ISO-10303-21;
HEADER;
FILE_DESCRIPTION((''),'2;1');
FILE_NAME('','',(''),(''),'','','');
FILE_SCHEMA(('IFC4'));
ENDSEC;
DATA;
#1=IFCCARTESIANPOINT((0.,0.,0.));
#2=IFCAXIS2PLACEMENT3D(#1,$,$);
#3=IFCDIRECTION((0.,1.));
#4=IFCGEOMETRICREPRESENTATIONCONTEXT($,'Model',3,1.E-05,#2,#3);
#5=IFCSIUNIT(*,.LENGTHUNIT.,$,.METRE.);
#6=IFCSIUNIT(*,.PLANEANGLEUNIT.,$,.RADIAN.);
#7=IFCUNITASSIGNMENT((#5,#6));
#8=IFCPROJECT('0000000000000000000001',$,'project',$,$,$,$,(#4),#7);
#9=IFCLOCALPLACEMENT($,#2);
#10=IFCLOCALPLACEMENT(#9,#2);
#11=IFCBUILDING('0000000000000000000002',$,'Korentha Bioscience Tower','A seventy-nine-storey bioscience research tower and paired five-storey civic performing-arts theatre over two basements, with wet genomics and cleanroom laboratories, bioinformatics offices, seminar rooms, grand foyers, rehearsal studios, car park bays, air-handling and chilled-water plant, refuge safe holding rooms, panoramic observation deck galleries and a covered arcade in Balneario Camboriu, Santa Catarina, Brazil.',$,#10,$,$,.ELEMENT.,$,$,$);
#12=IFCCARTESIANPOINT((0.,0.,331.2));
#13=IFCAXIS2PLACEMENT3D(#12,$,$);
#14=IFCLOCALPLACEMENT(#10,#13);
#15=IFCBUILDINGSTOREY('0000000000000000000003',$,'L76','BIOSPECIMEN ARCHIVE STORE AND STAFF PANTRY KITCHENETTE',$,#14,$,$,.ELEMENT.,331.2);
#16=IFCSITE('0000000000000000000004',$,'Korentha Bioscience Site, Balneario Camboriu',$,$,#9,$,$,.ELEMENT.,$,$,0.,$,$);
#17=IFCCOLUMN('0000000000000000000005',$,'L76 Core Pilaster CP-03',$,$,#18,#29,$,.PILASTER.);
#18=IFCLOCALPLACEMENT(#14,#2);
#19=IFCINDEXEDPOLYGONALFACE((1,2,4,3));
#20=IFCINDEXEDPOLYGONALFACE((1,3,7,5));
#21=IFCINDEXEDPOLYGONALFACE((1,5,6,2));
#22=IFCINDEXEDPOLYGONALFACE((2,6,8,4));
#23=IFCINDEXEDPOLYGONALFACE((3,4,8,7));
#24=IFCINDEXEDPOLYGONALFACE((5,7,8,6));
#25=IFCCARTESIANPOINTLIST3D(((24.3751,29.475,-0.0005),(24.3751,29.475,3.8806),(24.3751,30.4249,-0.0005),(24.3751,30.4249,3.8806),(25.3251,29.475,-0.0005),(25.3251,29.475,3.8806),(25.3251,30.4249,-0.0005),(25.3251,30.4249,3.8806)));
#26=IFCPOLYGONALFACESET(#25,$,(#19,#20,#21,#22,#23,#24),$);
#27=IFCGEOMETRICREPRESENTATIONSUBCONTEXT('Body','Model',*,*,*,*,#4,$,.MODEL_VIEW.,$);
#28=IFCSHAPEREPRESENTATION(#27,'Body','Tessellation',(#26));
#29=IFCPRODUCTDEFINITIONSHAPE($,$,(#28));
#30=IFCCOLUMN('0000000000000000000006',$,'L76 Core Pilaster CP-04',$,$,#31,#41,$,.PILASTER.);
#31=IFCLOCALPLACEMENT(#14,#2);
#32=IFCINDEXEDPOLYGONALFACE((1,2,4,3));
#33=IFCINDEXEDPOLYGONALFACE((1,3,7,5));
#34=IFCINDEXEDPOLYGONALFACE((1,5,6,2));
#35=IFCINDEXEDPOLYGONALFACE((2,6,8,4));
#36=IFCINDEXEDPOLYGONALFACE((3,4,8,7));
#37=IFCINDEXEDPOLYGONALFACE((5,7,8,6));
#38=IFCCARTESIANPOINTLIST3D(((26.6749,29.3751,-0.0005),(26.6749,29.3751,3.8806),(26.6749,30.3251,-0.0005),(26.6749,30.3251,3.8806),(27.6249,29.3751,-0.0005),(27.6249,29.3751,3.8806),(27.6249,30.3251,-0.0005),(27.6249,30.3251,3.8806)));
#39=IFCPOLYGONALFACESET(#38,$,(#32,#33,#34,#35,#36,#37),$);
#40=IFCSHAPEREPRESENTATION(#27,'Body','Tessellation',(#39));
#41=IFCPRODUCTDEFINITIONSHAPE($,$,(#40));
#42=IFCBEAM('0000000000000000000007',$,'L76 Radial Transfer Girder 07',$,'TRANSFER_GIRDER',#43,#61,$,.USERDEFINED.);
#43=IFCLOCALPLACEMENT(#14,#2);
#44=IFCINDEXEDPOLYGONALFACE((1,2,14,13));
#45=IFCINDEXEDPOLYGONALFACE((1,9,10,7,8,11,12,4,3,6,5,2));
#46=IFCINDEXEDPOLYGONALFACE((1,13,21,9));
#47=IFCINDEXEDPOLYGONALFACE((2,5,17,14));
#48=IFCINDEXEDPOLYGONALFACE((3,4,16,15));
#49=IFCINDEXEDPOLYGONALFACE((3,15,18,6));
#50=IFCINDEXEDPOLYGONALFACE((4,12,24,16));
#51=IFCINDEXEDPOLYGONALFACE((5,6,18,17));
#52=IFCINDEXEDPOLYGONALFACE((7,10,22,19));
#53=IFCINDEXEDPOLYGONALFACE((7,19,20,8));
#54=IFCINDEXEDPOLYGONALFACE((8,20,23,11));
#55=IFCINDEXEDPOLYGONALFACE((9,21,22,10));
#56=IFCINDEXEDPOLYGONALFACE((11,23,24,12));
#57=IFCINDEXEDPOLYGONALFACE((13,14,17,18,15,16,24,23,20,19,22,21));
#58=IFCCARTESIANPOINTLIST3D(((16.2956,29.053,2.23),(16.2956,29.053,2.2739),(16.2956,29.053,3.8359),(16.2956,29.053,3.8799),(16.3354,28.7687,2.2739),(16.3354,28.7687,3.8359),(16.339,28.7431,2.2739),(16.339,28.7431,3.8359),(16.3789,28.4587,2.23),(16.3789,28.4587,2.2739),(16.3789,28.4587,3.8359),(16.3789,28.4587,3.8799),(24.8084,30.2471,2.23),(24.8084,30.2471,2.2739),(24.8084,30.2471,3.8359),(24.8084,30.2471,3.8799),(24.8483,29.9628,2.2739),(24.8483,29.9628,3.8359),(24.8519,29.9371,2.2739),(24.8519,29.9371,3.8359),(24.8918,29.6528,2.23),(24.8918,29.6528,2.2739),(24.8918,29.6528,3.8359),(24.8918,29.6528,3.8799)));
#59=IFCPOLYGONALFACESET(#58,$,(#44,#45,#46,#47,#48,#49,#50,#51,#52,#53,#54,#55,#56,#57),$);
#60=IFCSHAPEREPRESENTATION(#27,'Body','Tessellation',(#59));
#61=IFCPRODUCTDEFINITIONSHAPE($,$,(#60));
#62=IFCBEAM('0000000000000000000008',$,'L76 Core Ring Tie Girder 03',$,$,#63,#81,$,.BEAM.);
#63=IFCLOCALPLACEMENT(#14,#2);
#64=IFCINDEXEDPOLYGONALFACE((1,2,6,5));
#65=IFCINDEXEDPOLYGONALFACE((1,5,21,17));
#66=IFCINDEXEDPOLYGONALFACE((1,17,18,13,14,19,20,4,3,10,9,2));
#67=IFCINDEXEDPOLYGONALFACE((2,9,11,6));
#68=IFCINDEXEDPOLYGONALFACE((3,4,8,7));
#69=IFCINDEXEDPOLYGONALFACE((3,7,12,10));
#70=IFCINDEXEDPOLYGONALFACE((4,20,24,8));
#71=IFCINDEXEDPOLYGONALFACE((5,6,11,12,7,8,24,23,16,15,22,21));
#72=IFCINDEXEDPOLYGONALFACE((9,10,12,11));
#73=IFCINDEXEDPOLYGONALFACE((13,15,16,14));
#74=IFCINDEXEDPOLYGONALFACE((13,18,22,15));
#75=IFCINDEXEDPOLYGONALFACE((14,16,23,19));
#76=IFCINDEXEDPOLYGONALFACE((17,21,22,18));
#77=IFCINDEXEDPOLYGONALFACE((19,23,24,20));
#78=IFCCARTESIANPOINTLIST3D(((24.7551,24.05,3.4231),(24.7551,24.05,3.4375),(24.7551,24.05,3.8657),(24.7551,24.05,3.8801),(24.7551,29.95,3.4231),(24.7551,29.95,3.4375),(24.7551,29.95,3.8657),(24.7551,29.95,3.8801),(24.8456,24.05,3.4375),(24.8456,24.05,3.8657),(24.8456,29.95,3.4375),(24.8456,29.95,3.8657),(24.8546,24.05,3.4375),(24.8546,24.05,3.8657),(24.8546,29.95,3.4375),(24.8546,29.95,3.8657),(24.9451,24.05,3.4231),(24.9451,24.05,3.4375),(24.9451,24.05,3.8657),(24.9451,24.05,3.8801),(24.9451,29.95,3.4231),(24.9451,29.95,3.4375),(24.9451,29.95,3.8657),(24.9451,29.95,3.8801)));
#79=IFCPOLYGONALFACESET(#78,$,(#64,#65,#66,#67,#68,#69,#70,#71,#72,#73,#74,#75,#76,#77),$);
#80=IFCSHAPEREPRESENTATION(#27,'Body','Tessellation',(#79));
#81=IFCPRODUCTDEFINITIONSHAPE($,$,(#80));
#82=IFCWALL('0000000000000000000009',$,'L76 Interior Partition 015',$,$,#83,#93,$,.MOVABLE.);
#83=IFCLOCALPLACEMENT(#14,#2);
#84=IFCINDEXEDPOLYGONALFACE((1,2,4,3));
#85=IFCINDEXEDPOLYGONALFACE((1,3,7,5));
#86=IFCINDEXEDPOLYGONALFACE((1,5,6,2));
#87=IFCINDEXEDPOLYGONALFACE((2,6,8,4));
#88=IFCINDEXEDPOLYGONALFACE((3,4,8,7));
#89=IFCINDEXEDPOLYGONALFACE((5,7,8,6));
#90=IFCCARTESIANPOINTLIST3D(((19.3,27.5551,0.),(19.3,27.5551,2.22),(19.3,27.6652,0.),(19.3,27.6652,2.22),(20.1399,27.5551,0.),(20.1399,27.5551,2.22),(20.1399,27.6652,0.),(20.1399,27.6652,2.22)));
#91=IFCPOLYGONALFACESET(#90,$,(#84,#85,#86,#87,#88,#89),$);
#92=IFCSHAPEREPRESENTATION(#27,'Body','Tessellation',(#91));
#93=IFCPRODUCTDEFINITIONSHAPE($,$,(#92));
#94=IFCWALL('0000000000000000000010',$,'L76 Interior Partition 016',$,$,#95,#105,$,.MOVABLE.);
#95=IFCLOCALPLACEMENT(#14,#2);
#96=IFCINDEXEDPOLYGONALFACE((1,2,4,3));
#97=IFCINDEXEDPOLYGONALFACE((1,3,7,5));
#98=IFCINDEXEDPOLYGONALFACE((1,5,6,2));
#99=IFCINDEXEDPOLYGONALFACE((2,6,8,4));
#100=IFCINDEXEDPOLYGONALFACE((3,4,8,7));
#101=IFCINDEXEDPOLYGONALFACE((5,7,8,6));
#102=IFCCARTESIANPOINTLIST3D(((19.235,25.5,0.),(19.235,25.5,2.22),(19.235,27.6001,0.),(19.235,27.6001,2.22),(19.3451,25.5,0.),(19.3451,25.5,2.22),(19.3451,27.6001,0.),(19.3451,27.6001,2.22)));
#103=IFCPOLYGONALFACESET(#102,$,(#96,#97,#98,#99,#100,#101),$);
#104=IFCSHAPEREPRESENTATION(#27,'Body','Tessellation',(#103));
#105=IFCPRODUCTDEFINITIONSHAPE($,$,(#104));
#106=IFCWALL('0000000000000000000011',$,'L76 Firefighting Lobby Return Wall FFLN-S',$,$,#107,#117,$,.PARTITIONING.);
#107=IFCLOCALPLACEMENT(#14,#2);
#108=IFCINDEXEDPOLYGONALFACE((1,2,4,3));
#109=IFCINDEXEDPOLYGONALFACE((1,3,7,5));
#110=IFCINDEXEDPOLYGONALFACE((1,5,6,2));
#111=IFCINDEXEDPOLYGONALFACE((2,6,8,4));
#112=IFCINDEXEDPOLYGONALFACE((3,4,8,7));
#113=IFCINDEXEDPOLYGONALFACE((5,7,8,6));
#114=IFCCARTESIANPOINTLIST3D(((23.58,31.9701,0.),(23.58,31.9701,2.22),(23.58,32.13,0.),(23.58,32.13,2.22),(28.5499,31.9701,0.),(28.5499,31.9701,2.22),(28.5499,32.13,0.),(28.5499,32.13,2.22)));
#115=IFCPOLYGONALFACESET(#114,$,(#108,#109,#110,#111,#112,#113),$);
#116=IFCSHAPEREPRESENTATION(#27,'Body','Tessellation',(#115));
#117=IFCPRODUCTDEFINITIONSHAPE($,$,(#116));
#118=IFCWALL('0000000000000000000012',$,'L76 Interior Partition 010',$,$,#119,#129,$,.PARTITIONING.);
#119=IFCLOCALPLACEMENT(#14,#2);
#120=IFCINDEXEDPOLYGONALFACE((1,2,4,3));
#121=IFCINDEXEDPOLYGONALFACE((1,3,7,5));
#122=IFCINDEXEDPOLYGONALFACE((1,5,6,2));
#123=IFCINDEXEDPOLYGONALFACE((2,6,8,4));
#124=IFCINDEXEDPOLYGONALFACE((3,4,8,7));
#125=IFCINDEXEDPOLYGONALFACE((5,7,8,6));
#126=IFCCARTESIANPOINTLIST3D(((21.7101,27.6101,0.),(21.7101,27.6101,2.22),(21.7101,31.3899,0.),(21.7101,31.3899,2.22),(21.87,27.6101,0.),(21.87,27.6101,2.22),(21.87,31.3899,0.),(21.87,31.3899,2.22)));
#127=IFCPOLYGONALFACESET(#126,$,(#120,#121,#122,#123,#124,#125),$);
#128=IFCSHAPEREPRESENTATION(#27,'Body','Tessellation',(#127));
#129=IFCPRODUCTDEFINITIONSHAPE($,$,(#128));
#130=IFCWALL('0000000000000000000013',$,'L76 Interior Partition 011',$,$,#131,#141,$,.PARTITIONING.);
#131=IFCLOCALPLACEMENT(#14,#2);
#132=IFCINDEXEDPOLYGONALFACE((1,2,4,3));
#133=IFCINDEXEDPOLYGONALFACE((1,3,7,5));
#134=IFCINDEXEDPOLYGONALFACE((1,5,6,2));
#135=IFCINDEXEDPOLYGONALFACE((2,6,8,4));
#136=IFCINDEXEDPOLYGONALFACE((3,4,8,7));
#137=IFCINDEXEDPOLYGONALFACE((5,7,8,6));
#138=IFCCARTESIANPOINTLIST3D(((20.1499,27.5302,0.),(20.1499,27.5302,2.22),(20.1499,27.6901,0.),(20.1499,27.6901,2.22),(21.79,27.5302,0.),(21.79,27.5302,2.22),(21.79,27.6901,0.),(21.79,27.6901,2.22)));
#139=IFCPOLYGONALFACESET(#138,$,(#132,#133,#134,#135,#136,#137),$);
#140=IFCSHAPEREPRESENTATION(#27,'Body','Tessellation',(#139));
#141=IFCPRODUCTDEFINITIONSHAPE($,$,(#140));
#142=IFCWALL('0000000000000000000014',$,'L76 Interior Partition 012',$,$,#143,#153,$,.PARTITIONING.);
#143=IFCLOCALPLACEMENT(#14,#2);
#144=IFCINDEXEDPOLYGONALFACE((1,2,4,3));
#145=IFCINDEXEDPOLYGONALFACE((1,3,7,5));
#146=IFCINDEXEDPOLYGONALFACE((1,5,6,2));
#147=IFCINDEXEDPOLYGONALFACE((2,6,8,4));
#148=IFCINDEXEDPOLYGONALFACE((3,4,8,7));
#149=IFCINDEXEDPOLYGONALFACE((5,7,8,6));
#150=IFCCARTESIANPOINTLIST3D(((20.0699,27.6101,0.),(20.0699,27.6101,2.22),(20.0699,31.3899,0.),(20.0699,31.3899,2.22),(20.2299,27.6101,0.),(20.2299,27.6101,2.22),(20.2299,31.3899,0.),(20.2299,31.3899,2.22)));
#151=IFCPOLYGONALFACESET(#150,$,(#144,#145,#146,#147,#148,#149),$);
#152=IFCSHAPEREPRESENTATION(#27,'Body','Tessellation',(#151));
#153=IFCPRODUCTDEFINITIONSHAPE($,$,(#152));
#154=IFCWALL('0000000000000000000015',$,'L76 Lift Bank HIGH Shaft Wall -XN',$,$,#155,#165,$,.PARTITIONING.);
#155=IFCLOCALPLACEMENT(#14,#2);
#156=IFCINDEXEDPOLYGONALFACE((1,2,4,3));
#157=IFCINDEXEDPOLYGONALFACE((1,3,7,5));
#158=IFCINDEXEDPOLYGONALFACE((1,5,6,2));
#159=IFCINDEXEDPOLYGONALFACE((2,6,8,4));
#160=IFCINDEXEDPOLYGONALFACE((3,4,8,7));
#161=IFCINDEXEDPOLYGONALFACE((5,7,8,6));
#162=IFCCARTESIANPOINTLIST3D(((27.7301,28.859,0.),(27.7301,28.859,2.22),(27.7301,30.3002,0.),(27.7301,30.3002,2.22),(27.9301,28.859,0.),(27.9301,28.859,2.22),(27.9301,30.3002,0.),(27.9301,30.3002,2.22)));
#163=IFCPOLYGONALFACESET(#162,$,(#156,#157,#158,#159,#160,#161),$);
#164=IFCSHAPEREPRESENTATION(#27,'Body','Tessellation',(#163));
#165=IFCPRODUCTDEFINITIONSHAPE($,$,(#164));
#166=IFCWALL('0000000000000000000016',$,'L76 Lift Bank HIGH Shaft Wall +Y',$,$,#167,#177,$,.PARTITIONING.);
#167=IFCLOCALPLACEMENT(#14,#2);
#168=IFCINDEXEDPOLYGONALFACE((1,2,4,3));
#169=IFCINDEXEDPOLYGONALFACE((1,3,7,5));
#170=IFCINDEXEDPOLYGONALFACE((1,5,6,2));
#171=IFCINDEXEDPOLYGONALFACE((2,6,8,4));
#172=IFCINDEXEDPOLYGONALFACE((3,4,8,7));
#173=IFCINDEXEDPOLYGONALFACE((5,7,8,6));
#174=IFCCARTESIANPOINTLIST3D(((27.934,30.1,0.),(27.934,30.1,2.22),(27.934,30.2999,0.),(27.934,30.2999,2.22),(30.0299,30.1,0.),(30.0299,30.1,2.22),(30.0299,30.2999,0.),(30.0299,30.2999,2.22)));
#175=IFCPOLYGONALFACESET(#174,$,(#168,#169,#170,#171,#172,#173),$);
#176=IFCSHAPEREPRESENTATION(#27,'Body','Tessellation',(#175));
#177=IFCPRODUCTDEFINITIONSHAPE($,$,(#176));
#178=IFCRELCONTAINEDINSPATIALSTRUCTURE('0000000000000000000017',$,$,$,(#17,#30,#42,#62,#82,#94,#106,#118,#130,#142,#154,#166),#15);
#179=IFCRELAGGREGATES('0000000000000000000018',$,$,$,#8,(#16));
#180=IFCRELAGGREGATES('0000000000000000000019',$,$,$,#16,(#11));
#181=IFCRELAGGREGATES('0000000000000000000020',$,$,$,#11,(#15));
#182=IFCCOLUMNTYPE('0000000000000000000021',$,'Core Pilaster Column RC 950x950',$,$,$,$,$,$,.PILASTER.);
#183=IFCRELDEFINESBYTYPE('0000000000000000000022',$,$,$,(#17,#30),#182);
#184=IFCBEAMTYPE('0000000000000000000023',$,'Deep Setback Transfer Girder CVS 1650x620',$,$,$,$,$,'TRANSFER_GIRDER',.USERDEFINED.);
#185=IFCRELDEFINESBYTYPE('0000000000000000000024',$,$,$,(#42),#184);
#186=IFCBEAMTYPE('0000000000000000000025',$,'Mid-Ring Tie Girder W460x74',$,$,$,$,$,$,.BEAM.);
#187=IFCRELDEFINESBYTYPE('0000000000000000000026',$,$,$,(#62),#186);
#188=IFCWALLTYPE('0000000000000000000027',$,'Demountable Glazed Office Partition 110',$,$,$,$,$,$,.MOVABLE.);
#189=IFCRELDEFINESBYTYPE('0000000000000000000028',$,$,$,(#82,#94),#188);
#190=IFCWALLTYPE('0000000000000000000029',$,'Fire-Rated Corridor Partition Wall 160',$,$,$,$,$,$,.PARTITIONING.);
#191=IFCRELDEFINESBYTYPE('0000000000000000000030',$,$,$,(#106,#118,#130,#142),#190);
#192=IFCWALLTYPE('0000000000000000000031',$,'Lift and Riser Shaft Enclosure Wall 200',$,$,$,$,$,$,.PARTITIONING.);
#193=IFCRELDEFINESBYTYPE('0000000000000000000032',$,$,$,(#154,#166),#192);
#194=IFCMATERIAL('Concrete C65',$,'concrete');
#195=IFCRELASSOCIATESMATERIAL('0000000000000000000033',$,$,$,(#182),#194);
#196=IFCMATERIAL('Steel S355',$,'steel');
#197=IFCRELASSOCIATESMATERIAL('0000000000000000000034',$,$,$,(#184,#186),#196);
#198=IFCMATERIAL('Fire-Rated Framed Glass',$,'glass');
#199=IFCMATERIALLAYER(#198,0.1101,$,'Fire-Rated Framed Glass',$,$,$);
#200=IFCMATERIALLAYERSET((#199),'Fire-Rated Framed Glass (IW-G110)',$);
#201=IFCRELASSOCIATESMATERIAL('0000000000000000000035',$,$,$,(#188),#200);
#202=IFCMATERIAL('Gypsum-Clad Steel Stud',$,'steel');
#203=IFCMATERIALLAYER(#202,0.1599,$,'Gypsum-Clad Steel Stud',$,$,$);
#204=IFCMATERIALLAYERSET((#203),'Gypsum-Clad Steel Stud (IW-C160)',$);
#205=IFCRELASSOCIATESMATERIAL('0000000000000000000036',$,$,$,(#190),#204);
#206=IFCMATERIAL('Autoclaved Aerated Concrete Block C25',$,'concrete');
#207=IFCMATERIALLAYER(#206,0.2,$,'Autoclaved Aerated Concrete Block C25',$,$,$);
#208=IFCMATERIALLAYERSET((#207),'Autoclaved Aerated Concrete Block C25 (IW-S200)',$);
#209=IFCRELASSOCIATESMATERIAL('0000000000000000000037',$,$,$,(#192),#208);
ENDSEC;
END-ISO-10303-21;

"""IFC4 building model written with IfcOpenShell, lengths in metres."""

from ifc_helpers import new_model, si_unit, direction, frame, frame_2d, origin, origin_2d, place, context, subcontext, project, spatial, rectangle, i_section, extrude, material, layer, layer_set, material_profile, profile_set, type_object, element, save


model = new_model("IFC4")

# Units and contexts
model_context = context("Model", 3, precision=1e-05, world=origin(), true_north=direction((0.0, 1.0)))
body_context = subcontext(model_context, "Body", "Model", "MODEL_VIEW")
ifc_project = project(units=[si_unit("LENGTHUNIT", "METRE"), si_unit("PLANEANGLEUNIT", "RADIAN")], contexts=[model_context])

# Site, building, storey
site_placement = place(None, origin())
site = spatial("IfcSite", under=ifc_project, at=site_placement, Name="Korentha Bioscience Site, Balneario Camboriu", CompositionType="ELEMENT", RefElevation=0.0)
building_placement = place(site_placement, origin())
building = spatial("IfcBuilding", under=site, at=building_placement, Name="Korentha Bioscience Tower", Description="A seventy-nine-storey bioscience research tower and paired five-storey civic performing-arts theatre over two basements, with wet genomics and cleanroom laboratories, bioinformatics offices, seminar rooms, grand foyers, rehearsal studios, car park bays, air-handling and chilled-water plant, refuge safe holding rooms, panoramic observation deck galleries and a covered arcade in Balneario Camboriu, Santa Catarina, Brazil.", CompositionType="ELEMENT")
storey_placement = place(building_placement, frame((0.0, 0.0, 331.2)))
storey = spatial("IfcBuildingStorey", under=building, at=storey_placement, Name="L76", Description="BIOSPECIMEN ARCHIVE STORE AND STAFF PANTRY KITCHENETTE", CompositionType="ELEMENT", Elevation=331.2)

# Columns
ifc_material_1 = material(Name="Concrete C65", Category="concrete")
ifc_material_profile_1 = material_profile(ifc_material_1, rectangle(XDim=0.95, YDim=0.95, at=origin_2d()), Name="Concrete C65")
ifc_profile_set_1 = profile_set([ifc_material_profile_1], Name="Concrete C65 (COL-CP09)")
column_type = type_object("IfcColumnType", Name="Core Pilaster Column RC 950x950", PredefinedType="PILASTER", material=ifc_profile_set_1)
for number, where, z_axis, x_axis, name in (
    (1, (24.8501, 29.95, -0.0005), (0.0, 0.0, 1.0), (1.0, 0.0, 0.0), "L76 Core Pilaster CP-03"),
    (2, (27.1499, 29.8501, -0.0005), (0.0, 0.0, 1.0), (1.0, 0.0, 0.0), "L76 Core Pilaster CP-04"),
):
    element("IfcColumn", number, at=place(storey_placement, frame(where, z_axis=z_axis, x_axis=x_axis)), inside=storey, type_object=column_type, Name=name, PredefinedType="PILASTER", context=body_context, shape_type="SweptSolid", body=[
        extrude(rectangle(XDim=0.95, YDim=0.95, at=origin_2d()), origin(), (0.0, 0.0, 1.0), 3.8811),
    ])

# Beams
ifc_material_2 = material(Name="Steel S355", Category="steel")
ifc_material_profile_2 = material_profile(ifc_material_2, i_section(OverallWidth=0.6001, OverallDepth=1.6499, WebThickness=0.0259, FlangeThickness=0.0439, at=origin_2d()), Name="Steel S355")
ifc_profile_set_2 = profile_set([ifc_material_profile_2], Name="Steel S355 (TG-04)")
beam_type_1 = type_object("IfcBeamType", Name="Deep Setback Transfer Girder CVS 1650x620", ElementType="TRANSFER_GIRDER", PredefinedType="USERDEFINED", material=ifc_profile_set_2)
beam_1_placement = place(storey_placement, frame((24.8501, 29.95, 3.0549), z_axis=(-0.990305, -0.138908, 0.0), x_axis=(0.138908, -0.990305, 0.0)))
element("IfcBeam", 3, at=beam_1_placement, inside=storey, type_object=beam_type_1, Name="L76 Radial Transfer Girder 07", ObjectType="TRANSFER_GIRDER", PredefinedType="USERDEFINED", context=body_context, shape_type="SweptSolid", body=[
    extrude(i_section(OverallWidth=0.6001, OverallDepth=1.6499, WebThickness=0.0259, FlangeThickness=0.0439, at=origin_2d()), origin(), (0.0, 0.0, 1.0), 8.5962),
])
ifc_material_profile_3 = material_profile(ifc_material_2, i_section(OverallWidth=0.1899, OverallDepth=0.457, WebThickness=0.009, FlangeThickness=0.0144, at=origin_2d()), Name="Steel S355")
ifc_profile_set_3 = profile_set([ifc_material_profile_3], Name="Steel S355 (MB-460)")
beam_type_2 = type_object("IfcBeamType", Name="Mid-Ring Tie Girder W460x74", PredefinedType="BEAM", material=ifc_profile_set_3)
beam_2_placement = place(storey_placement, frame((24.8501, 29.95, 3.6516), z_axis=(0.0, -1.0, 0.0), x_axis=(1.0, 0.0, 0.0)))
element("IfcBeam", 4, at=beam_2_placement, inside=storey, type_object=beam_type_2, Name="L76 Core Ring Tie Girder 03", PredefinedType="BEAM", context=body_context, shape_type="SweptSolid", body=[
    extrude(i_section(OverallWidth=0.1899, OverallDepth=0.457, WebThickness=0.009, FlangeThickness=0.0144, at=origin_2d()), origin(), (0.0, 0.0, 1.0), 5.8999),
])

# Walls
ifc_material_3 = material(Name="Fire-Rated Framed Glass", Category="glass")
ifc_layer_1 = layer(ifc_material_3, 0.1101, Name="Fire-Rated Framed Glass")
ifc_layer_set_1 = layer_set([ifc_layer_1], Name="Fire-Rated Framed Glass (IW-G110)")
wall_type_1 = type_object("IfcWallType", Name="Demountable Glazed Office Partition 110", PredefinedType="MOVABLE", material=ifc_layer_set_1)
wall_1_placement = place(storey_placement, frame((20.1399, 27.6101, 0.0), z_axis=(0.0, 0.0, 1.0), x_axis=(-1.0, 0.0, 0.0)))
element("IfcWall", 5, at=wall_1_placement, inside=storey, type_object=wall_type_1, Name="L76 Interior Partition 015", PredefinedType="MOVABLE", context=body_context, shape_type="SweptSolid", body=[
    extrude(rectangle(XDim=0.8398, YDim=0.1101, at=frame_2d((0.4199, 0.0))), origin(), (0.0, 0.0, 1.0), 2.22),
])
wall_2_placement = place(storey_placement, frame((19.29, 27.6001, 0.0), z_axis=(0.0, 0.0, 1.0), x_axis=(0.0, -1.0, 0.0)))
element("IfcWall", 6, at=wall_2_placement, inside=storey, type_object=wall_type_1, Name="L76 Interior Partition 016", PredefinedType="MOVABLE", context=body_context, shape_type="SweptSolid", body=[
    extrude(rectangle(XDim=2.1001, YDim=0.1101, at=frame_2d((1.05, 0.0))), origin(), (0.0, 0.0, 1.0), 2.22),
])

# Shared definitions
ifc_material_4 = material(Name="Gypsum-Clad Steel Stud", Category="steel")
ifc_layer_2 = layer(ifc_material_4, 0.1599, Name="Gypsum-Clad Steel Stud")
ifc_layer_set_2 = layer_set([ifc_layer_2], Name="Gypsum-Clad Steel Stud (IW-C160)")
wall_type_2 = type_object("IfcWallType", Name="Fire-Rated Corridor Partition Wall 160", PredefinedType="PARTITIONING", material=ifc_layer_set_2)

# Wall
wall_3_placement = place(storey_placement, frame((23.5801, 32.05, 0.0), z_axis=(0.0, 0.0, 1.0), x_axis=(1.0, 0.0, 0.0)))
element("IfcWall", 7, at=wall_3_placement, inside=storey, type_object=wall_type_2, Name="L76 Firefighting Lobby Return Wall FFLN-S", PredefinedType="PARTITIONING", context=body_context, shape_type="SweptSolid", body=[
    extrude(rectangle(XDim=4.97, YDim=0.1599, at=frame_2d((2.4849, 0.0))), origin(), (0.0, 0.0, 1.0), 2.22),
])

# Walls
wall_4_placement = place(storey_placement, frame((21.79, 31.3899, 0.0), z_axis=(0.0, 0.0, 1.0), x_axis=(0.0, -1.0, 0.0)))
element("IfcWall", 8, at=wall_4_placement, inside=storey, type_object=wall_type_2, Name="L76 Interior Partition 010", PredefinedType="PARTITIONING", context=body_context, shape_type="SweptSolid", body=[
    extrude(rectangle(XDim=3.7798, YDim=0.1599, at=frame_2d((1.8899, 0.0))), origin(), (0.0, 0.0, 1.0), 2.22),
])
wall_5_placement = place(storey_placement, frame((21.79, 27.6101, 0.0), z_axis=(0.0, 0.0, 1.0), x_axis=(-1.0, 0.0, 0.0)))
element("IfcWall", 9, at=wall_5_placement, inside=storey, type_object=wall_type_2, Name="L76 Interior Partition 011", PredefinedType="PARTITIONING", context=body_context, shape_type="SweptSolid", body=[
    extrude(rectangle(XDim=1.6401, YDim=0.1599, at=frame_2d((0.8201, 0.0))), origin(), (0.0, 0.0, 1.0), 2.22),
])
wall_6_placement = place(storey_placement, frame((20.1499, 27.6101, 0.0), z_axis=(0.0, 0.0, 1.0), x_axis=(0.0, 1.0, 0.0)))
element("IfcWall", 10, at=wall_6_placement, inside=storey, type_object=wall_type_2, Name="L76 Interior Partition 012", PredefinedType="PARTITIONING", context=body_context, shape_type="SweptSolid", body=[
    extrude(rectangle(XDim=3.7798, YDim=0.1599, at=frame_2d((1.8899, 0.0))), origin(), (0.0, 0.0, 1.0), 2.22),
])
ifc_material_5 = material(Name="Autoclaved Aerated Concrete Block C25", Category="concrete")
ifc_layer_3 = layer(ifc_material_5, 0.2, Name="Autoclaved Aerated Concrete Block C25")
ifc_layer_set_3 = layer_set([ifc_layer_3], Name="Autoclaved Aerated Concrete Block C25 (IW-S200)")
wall_type_3 = type_object("IfcWallType", Name="Lift and Riser Shaft Enclosure Wall 200", PredefinedType="PARTITIONING", material=ifc_layer_set_3)
wall_7_placement = place(storey_placement, frame((27.8301, 28.8589, 0.0), z_axis=(0.0, 0.0, 1.0), x_axis=(0.0, 1.0, 0.0)))
element("IfcWall", 11, at=wall_7_placement, inside=storey, type_object=wall_type_3, Name="L76 Lift Bank HIGH Shaft Wall -XN", PredefinedType="PARTITIONING", context=body_context, shape_type="SweptSolid", body=[
    extrude(rectangle(XDim=1.4412, YDim=0.2, at=frame_2d((0.7207, 0.0))), origin(), (0.0, 0.0, 1.0), 2.22),
])
wall_8_placement = place(storey_placement, frame((27.9341, 30.2, 0.0), z_axis=(0.0, 0.0, 1.0), x_axis=(1.0, 0.0, 0.0)))
element("IfcWall", 12, at=wall_8_placement, inside=storey, type_object=wall_type_3, Name="L76 Lift Bank HIGH Shaft Wall +Y", PredefinedType="PARTITIONING", context=body_context, shape_type="SweptSolid", body=[
    extrude(rectangle(XDim=2.0959, YDim=0.2, at=frame_2d((1.0479, 0.0))), origin(), (0.0, 0.0, 1.0), 2.22),
])

save(model, "model.ifc")
